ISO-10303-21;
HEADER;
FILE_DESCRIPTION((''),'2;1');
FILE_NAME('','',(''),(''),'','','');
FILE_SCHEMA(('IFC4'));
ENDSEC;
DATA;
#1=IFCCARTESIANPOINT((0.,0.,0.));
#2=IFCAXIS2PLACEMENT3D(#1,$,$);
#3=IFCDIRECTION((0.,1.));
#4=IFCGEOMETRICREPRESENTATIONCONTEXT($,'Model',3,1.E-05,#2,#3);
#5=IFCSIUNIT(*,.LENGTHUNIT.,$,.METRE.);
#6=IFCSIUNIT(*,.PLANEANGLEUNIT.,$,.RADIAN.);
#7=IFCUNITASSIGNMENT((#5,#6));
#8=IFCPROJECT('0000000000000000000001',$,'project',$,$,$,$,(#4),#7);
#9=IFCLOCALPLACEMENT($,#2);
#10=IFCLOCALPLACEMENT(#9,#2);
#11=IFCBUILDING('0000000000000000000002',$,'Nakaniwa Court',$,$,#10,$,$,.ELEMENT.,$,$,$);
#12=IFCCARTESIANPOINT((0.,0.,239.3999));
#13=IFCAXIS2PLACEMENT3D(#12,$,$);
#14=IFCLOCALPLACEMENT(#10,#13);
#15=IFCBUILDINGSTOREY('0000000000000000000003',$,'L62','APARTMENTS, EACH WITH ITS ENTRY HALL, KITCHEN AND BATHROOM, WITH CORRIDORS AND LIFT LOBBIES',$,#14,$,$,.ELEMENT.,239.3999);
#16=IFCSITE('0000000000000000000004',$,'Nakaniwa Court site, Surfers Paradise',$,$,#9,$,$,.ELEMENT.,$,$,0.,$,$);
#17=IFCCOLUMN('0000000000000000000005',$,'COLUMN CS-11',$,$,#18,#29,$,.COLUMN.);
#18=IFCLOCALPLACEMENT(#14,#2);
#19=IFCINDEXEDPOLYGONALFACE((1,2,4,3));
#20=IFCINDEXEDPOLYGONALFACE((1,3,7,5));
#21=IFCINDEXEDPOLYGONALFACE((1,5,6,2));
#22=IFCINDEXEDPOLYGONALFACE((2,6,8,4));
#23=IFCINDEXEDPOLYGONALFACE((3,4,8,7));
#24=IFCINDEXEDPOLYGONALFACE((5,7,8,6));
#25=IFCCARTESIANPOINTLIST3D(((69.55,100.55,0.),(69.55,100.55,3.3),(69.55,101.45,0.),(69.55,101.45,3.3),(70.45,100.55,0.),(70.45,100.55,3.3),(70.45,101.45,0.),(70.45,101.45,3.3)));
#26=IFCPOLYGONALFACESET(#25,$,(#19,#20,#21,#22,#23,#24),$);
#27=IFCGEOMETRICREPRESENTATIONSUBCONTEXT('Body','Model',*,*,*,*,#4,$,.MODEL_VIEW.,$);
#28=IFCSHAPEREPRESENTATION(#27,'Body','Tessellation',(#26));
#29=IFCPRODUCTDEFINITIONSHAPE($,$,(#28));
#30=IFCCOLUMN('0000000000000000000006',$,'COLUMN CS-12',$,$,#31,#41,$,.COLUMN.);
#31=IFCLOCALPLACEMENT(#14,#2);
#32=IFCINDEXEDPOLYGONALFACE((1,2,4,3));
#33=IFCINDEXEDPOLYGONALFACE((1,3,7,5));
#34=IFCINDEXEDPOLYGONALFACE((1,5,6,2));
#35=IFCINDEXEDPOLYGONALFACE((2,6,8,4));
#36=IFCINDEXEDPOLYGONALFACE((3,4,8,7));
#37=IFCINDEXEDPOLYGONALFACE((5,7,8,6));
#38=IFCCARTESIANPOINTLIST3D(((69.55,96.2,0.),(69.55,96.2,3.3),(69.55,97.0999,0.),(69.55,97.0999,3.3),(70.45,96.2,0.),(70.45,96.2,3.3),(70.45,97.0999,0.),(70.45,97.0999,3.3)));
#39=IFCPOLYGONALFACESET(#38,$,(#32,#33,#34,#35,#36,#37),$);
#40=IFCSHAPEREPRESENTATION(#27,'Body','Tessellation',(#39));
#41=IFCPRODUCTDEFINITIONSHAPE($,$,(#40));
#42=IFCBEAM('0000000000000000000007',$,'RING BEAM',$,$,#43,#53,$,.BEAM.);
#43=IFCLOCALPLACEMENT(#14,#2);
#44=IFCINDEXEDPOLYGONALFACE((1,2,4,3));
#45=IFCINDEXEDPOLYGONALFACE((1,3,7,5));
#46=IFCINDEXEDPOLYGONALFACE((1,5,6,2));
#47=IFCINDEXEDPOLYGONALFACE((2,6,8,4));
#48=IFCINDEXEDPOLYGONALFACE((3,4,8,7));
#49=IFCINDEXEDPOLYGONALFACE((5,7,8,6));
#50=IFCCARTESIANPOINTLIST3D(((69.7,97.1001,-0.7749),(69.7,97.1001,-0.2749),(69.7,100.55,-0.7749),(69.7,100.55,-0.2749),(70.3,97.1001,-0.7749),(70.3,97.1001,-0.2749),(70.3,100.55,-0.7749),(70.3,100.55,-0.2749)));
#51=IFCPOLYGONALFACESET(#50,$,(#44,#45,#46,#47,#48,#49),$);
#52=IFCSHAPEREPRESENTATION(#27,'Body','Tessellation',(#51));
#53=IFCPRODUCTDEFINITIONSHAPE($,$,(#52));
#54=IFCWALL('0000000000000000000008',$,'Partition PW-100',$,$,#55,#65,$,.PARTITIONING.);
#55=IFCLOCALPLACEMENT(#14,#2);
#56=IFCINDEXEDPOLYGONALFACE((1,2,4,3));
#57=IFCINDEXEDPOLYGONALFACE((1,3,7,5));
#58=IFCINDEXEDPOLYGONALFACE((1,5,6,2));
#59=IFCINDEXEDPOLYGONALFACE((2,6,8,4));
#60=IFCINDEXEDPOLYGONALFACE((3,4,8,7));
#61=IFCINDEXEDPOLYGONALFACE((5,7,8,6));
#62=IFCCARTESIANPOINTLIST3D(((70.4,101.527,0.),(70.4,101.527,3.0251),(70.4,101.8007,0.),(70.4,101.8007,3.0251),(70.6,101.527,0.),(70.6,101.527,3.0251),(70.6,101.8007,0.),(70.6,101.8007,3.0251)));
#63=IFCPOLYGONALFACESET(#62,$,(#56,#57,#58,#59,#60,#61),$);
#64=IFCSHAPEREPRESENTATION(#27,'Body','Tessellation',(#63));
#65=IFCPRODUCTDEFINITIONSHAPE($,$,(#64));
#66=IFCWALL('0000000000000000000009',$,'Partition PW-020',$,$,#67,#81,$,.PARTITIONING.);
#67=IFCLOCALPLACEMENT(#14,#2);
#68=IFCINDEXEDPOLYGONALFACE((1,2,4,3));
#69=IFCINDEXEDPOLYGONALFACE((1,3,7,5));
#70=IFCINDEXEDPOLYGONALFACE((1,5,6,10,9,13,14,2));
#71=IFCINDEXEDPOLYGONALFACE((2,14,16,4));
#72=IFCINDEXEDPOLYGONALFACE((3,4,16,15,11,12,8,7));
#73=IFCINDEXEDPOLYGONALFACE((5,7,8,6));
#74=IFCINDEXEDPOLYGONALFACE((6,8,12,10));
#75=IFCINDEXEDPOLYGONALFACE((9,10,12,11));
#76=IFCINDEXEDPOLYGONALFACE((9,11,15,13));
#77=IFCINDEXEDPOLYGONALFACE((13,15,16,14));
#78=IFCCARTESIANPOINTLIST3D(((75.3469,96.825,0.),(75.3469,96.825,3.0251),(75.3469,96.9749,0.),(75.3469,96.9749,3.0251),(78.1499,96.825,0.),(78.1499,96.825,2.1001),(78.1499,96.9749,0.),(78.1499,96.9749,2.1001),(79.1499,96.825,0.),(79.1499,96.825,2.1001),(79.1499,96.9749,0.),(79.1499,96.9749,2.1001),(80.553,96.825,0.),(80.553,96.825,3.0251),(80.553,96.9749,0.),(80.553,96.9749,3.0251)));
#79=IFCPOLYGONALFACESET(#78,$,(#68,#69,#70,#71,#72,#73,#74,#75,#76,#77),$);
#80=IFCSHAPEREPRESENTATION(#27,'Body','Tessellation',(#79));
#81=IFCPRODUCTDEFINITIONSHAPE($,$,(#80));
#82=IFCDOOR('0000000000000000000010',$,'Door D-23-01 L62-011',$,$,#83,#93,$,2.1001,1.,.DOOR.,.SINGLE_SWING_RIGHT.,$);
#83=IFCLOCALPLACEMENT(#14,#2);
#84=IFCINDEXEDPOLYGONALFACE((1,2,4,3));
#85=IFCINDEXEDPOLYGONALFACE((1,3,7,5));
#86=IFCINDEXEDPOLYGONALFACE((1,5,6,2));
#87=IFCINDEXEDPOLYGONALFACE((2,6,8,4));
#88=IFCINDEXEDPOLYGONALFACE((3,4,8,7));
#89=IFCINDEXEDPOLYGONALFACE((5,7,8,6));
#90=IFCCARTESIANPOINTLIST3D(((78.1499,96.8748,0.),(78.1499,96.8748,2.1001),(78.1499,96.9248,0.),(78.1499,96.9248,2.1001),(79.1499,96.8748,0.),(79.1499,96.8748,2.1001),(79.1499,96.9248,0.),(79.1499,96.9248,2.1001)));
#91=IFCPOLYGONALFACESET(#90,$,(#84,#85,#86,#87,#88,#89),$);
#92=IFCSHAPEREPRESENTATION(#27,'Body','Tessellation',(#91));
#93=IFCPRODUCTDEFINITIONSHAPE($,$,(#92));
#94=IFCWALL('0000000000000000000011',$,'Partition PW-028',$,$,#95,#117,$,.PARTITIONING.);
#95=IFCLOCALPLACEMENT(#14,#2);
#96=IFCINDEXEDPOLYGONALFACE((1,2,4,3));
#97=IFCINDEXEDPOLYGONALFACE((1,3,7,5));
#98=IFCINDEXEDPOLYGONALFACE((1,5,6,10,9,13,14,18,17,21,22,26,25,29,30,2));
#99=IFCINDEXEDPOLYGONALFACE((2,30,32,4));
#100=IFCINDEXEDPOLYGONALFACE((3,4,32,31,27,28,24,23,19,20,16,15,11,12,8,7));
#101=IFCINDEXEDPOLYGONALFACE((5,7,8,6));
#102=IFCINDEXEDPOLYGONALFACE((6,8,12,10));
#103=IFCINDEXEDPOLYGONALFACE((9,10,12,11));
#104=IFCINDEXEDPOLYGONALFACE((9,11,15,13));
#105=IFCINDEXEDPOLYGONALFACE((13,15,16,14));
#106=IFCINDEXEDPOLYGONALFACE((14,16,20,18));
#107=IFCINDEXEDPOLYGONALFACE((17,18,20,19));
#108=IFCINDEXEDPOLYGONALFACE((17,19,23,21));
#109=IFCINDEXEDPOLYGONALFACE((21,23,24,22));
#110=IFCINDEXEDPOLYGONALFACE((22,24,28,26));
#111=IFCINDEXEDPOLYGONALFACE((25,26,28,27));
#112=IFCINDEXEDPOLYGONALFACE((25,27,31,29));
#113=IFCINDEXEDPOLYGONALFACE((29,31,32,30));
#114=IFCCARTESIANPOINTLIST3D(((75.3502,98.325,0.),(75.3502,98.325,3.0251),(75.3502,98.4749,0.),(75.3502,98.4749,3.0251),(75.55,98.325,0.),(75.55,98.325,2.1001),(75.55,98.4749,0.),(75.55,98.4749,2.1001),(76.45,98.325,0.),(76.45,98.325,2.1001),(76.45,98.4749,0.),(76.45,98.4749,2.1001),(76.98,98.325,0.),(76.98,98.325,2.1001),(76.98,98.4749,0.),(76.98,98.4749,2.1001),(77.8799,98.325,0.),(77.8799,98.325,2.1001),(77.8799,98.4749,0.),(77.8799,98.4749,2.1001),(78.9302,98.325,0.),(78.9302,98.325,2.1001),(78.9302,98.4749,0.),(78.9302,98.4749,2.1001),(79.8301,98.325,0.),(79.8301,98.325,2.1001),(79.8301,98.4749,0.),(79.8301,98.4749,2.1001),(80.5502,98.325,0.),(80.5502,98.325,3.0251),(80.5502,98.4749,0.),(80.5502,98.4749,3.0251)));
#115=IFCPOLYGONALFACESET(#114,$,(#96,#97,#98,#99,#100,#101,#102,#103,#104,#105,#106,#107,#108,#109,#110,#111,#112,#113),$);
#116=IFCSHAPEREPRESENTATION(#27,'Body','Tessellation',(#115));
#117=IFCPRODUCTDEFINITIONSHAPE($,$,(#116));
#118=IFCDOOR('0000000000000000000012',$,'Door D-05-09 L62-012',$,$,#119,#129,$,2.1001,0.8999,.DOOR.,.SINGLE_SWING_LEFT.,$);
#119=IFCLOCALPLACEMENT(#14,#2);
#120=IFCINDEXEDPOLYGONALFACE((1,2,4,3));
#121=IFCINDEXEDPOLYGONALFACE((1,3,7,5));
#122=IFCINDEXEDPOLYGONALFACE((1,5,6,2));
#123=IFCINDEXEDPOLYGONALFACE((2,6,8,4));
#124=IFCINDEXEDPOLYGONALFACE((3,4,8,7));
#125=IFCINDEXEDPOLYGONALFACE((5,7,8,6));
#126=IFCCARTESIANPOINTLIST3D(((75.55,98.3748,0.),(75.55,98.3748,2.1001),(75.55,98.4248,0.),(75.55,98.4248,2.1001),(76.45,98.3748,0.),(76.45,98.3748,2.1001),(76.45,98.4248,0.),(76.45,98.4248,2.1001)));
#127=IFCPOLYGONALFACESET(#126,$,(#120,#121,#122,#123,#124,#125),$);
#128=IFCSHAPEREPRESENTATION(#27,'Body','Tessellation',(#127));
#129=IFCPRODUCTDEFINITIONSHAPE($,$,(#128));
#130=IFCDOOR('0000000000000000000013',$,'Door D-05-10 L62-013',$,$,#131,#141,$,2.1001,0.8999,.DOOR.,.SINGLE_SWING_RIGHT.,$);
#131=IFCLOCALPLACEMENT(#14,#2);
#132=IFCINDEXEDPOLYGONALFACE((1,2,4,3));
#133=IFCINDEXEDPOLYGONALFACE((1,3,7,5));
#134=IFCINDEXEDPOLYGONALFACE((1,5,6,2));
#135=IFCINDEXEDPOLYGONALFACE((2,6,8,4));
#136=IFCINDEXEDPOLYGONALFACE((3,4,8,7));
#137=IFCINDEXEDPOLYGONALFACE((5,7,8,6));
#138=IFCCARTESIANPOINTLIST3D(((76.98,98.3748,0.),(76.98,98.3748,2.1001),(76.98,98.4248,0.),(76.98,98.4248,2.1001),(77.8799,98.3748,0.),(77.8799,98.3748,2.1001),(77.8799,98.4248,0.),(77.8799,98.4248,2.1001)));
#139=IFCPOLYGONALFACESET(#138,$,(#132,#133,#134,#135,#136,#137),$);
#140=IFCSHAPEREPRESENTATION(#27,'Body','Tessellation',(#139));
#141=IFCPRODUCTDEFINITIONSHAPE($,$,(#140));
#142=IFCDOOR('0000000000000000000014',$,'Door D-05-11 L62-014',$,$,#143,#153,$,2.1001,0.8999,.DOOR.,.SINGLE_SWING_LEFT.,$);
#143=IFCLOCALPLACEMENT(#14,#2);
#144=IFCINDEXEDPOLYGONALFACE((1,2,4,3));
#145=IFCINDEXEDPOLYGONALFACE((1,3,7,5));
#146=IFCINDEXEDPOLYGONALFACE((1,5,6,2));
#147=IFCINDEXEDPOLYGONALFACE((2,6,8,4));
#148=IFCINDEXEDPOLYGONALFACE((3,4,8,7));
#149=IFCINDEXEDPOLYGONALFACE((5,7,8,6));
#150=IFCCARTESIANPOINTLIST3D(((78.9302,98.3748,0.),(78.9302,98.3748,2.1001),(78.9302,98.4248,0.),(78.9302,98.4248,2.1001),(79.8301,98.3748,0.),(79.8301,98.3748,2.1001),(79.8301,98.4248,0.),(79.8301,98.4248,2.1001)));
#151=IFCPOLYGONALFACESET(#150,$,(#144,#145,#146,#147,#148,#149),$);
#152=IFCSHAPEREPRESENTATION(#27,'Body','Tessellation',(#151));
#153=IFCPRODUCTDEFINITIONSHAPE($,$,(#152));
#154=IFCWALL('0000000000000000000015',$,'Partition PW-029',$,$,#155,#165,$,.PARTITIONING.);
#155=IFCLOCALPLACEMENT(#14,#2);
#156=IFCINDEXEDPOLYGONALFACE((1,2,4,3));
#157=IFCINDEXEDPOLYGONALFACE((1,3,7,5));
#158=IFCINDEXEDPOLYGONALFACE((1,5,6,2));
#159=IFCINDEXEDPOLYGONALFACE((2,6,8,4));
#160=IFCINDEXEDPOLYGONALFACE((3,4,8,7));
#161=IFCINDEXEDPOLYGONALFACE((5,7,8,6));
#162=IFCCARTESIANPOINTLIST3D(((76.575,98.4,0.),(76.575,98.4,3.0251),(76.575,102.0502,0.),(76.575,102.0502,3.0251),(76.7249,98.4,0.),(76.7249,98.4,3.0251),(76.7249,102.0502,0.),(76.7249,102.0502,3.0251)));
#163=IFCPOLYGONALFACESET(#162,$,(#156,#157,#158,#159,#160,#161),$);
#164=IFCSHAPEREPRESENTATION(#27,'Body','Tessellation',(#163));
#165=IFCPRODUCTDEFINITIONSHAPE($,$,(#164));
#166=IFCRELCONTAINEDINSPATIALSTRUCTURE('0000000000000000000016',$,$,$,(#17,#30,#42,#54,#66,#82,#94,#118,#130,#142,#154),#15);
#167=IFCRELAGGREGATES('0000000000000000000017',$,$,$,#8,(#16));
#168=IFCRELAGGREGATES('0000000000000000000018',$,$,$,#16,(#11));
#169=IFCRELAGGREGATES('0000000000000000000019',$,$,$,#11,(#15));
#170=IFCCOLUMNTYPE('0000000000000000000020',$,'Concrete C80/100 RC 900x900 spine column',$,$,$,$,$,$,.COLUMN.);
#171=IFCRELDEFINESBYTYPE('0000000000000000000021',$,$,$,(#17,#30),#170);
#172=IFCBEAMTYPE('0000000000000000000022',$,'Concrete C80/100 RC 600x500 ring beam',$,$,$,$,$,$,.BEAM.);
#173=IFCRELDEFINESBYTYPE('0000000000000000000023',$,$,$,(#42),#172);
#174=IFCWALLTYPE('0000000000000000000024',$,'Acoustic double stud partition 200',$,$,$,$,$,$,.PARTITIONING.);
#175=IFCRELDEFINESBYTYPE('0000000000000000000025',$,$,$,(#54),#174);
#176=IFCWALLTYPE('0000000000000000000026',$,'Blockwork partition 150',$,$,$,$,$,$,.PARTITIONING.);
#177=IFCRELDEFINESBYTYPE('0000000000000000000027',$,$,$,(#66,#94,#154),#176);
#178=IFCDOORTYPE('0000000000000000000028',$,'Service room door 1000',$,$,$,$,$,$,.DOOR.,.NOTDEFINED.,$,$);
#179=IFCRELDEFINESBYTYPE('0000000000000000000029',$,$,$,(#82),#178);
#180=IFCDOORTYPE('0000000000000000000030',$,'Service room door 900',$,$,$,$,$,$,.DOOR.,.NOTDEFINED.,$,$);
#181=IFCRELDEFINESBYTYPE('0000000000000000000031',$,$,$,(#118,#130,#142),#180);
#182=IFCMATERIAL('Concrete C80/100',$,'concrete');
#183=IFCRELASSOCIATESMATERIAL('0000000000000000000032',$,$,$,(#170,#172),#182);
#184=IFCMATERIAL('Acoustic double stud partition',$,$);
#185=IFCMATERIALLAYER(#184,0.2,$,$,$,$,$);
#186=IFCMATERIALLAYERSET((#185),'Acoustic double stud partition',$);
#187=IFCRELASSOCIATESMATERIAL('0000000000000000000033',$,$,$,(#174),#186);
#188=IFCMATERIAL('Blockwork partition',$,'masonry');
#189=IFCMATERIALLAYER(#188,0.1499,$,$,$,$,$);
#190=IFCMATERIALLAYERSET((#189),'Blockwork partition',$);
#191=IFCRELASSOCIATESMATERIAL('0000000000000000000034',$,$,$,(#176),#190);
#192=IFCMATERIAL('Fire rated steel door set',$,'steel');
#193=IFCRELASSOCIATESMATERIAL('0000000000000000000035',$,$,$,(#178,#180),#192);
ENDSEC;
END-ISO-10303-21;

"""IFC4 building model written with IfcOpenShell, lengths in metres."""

from ifc_helpers import new_model, si_unit, direction, frame, frame_2d, origin, origin_2d, place, context, subcontext, project, spatial, rectangle, extrude, material, layer, layer_set, material_profile, profile_set, type_object, element, fill, save


model = new_model("IFC4")

# Units and contexts
model_context = context("Model", 3, precision=1e-05, world=origin(), true_north=direction((0.0, 1.0)))
body_context = subcontext(model_context, "Body", "Model", "MODEL_VIEW")
ifc_project = project(units=[si_unit("LENGTHUNIT", "METRE"), si_unit("PLANEANGLEUNIT", "RADIAN")], contexts=[model_context])

# Site, building, storey
site_placement = place(None, origin())
site = spatial("IfcSite", under=ifc_project, at=site_placement, Name="Nakaniwa Court site, Surfers Paradise", CompositionType="ELEMENT", RefElevation=0.0)
building_placement = place(site_placement, origin())
building = spatial("IfcBuilding", under=site, at=building_placement, Name="Nakaniwa Court", CompositionType="ELEMENT")
storey_placement = place(building_placement, frame((0.0, 0.0, 239.3999)))
storey = spatial("IfcBuildingStorey", under=building, at=storey_placement, Name="L62", Description="APARTMENTS, EACH WITH ITS ENTRY HALL, KITCHEN AND BATHROOM, WITH CORRIDORS AND LIFT LOBBIES", CompositionType="ELEMENT", Elevation=239.3999)

# Columns
ifc_material_1 = material(Name="Concrete C80/100", Category="concrete")
ifc_material_profile_1 = material_profile(ifc_material_1, rectangle(XDim=0.8999, YDim=0.8999, at=origin_2d()), Name="Concrete C80/100 RC 900x900 spine column")
ifc_profile_set_1 = profile_set([ifc_material_profile_1], Name="Concrete C80/100")
column_type = type_object("IfcColumnType", Name="Concrete C80/100 RC 900x900 spine column", PredefinedType="COLUMN", material=ifc_profile_set_1)
for number, where, z_axis, x_axis, name in (
    (1, (70.0, 101.0, 0.0), (0.0, 0.0, 1.0), (0.0, -1.0, 0.0), "COLUMN CS-11"),
    (2, (70.0, 96.6499, 0.0), (0.0, 0.0, 1.0), (0.0, -1.0, 0.0), "COLUMN CS-12"),
):
    element("IfcColumn", number, at=place(storey_placement, frame(where, z_axis=z_axis, x_axis=x_axis)), inside=storey, type_object=column_type, Name=name, PredefinedType="COLUMN", context=body_context, shape_type="SweptSolid", body=[
        extrude(rectangle(XDim=0.8999, YDim=0.8999, at=origin_2d()), origin(), (0.0, 0.0, 1.0), 3.3),
    ])

# Beam
ifc_material_profile_2 = material_profile(ifc_material_1, rectangle(XDim=0.6001, YDim=0.5, at=origin_2d()), Name="Concrete C80/100 RC 600x500 ring beam")
ifc_profile_set_2 = profile_set([ifc_material_profile_2], Name="Concrete C80/100")
beam_type = type_object("IfcBeamType", Name="Concrete C80/100 RC 600x500 ring beam", PredefinedType="BEAM", material=ifc_profile_set_2)
beam_placement = place(storey_placement, frame((70.0, 100.55, -0.5249), z_axis=(0.0, -1.0, 0.0), x_axis=(1.0, 0.0, 0.0)))
element("IfcBeam", 3, at=beam_placement, inside=storey, type_object=beam_type, Name="RING BEAM", PredefinedType="BEAM", context=body_context, shape_type="SweptSolid", body=[
    extrude(rectangle(XDim=0.6001, YDim=0.5, at=origin_2d()), origin(), (0.0, 0.0, 1.0), 3.45),
])

# Wall
ifc_material_2 = material(Name="Acoustic double stud partition")
ifc_layer_1 = layer(ifc_material_2, 0.2)
ifc_layer_set_1 = layer_set([ifc_layer_1], Name="Acoustic double stud partition")
wall_type_1 = type_object("IfcWallType", Name="Acoustic double stud partition 200", PredefinedType="PARTITIONING", material=ifc_layer_set_1)
wall_1_placement = place(storey_placement, frame((70.5, 101.5271, 0.0), z_axis=(0.0, 0.0, 1.0), x_axis=(0.0, 1.0, 0.0)))
element("IfcWall", 4, at=wall_1_placement, inside=storey, type_object=wall_type_1, Name="Partition PW-100", PredefinedType="PARTITIONING", context=body_context, shape_type="SweptSolid", body=[
    extrude(rectangle(XDim=0.2737, YDim=0.2, at=frame_2d((0.1367, 0.0))), origin(), (0.0, 0.0, 1.0), 3.0251),
])

# Wall, opening, door
ifc_material_3 = material(Name="Blockwork partition", Category="masonry")
ifc_layer_2 = layer(ifc_material_3, 0.1499)
ifc_layer_set_2 = layer_set([ifc_layer_2], Name="Blockwork partition")
wall_type_2 = type_object("IfcWallType", Name="Blockwork partition 150", PredefinedType="PARTITIONING", material=ifc_layer_set_2)
wall_2_placement = place(storey_placement, frame((75.3469, 96.8999, 0.0), z_axis=(0.0, 0.0, 1.0), x_axis=(1.0, 0.0, 0.0)))
wall_2 = element("IfcWall", 5, at=wall_2_placement, inside=storey, type_object=wall_type_2, Name="Partition PW-020", PredefinedType="PARTITIONING", context=body_context, shape_type="SweptSolid", body=[
    extrude(rectangle(XDim=5.2061, YDim=0.1499, at=frame_2d((2.603, 0.0))), origin(), (0.0, 0.0, 1.0), 3.0251),
])
opening_1_placement = place(wall_2_placement, frame((2.803, 0.0, 0.0)))
opening_1 = element("IfcOpeningElement", 6, at=opening_1_placement, cuts=wall_2, PredefinedType="OPENING", context=body_context, shape_type="SweptSolid", body=[
    extrude(rectangle(XDim=1.0, YDim=2.1001, at=frame_2d((0.5, 1.05))), frame((0.0, 0.085, 0.0), z_axis=(0.0, -1.0, 0.0), x_axis=(1.0, 0.0, 0.0)), (0.0, 0.0, 1.0), 0.1699),
])
ifc_material_4 = material(Name="Fire rated steel door set", Category="steel")
door_type_1 = type_object("IfcDoorType", Name="Service room door 1000", OperationType="NOTDEFINED", PredefinedType="DOOR", material=ifc_material_4)
door_1_placement = place(opening_1_placement, origin())
door_1 = element("IfcDoor", 7, at=door_1_placement, inside=storey, type_object=door_type_1, Name="Door D-23-01 L62-011", OperationType="SINGLE_SWING_RIGHT", OverallHeight=2.1001, OverallWidth=1.0, PredefinedType="DOOR", context=body_context, shape_type="SweptSolid", body=[
    extrude(rectangle(XDim=1.0, YDim=2.1001, at=frame_2d((0.5, 1.05))), frame((0.0, 0.0249, 0.0), z_axis=(0.0, -1.0, 0.0), x_axis=(1.0, 0.0, 0.0)), (0.0, 0.0, 1.0), 0.05),
])
fill(opening_1, door_1)

# Wall, openings, doors
wall_3_placement = place(storey_placement, frame((75.3501, 98.3999, 0.0), z_axis=(0.0, 0.0, 1.0), x_axis=(1.0, 0.0, 0.0)))
wall_3 = element("IfcWall", 8, at=wall_3_placement, inside=storey, type_object=wall_type_2, Name="Partition PW-028", PredefinedType="PARTITIONING", context=body_context, shape_type="SweptSolid", body=[
    extrude(rectangle(XDim=5.2, YDim=0.1499, at=frame_2d((2.6001, 0.0))), origin(), (0.0, 0.0, 1.0), 3.0251),
])
opening_2_placement = place(wall_3_placement, frame((0.2, 0.0, 0.0)))
opening_2 = element("IfcOpeningElement", 9, at=opening_2_placement, cuts=wall_3, PredefinedType="OPENING", context=body_context, shape_type="SweptSolid", body=[
    extrude(rectangle(XDim=0.8999, YDim=2.1001, at=frame_2d((0.45, 1.05))), frame((0.0, 0.085, 0.0), z_axis=(0.0, -1.0, 0.0), x_axis=(1.0, 0.0, 0.0)), (0.0, 0.0, 1.0), 0.1699),
])
opening_3_placement = place(wall_3_placement, frame((1.6299, 0.0, 0.0)))
opening_3 = element("IfcOpeningElement", 10, at=opening_3_placement, cuts=wall_3, PredefinedType="OPENING", context=body_context, shape_type="SweptSolid", body=[
    extrude(rectangle(XDim=0.8999, YDim=2.1001, at=frame_2d((0.45, 1.05))), frame((0.0, 0.085, 0.0), z_axis=(0.0, -1.0, 0.0), x_axis=(1.0, 0.0, 0.0)), (0.0, 0.0, 1.0), 0.1699),
])
opening_4_placement = place(wall_3_placement, frame((3.5801, 0.0, 0.0)))
opening_4 = element("IfcOpeningElement", 11, at=opening_4_placement, cuts=wall_3, PredefinedType="OPENING", context=body_context, shape_type="SweptSolid", body=[
    extrude(rectangle(XDim=0.8999, YDim=2.1001, at=frame_2d((0.45, 1.05))), frame((0.0, 0.085, 0.0), z_axis=(0.0, -1.0, 0.0), x_axis=(1.0, 0.0, 0.0)), (0.0, 0.0, 1.0), 0.1699),
])
door_type_2 = type_object("IfcDoorType", Name="Service room door 900", OperationType="NOTDEFINED", PredefinedType="DOOR", material=ifc_material_4)
door_2_placement = place(opening_2_placement, origin())
door_2 = element("IfcDoor", 12, at=door_2_placement, inside=storey, type_object=door_type_2, Name="Door D-05-09 L62-012", OperationType="SINGLE_SWING_LEFT", OverallHeight=2.1001, OverallWidth=0.8999, PredefinedType="DOOR", context=body_context, shape_type="SweptSolid", body=[
    extrude(rectangle(XDim=0.8999, YDim=2.1001, at=frame_2d((0.45, 1.05))), frame((0.0, 0.0249, 0.0), z_axis=(0.0, -1.0, 0.0), x_axis=(1.0, 0.0, 0.0)), (0.0, 0.0, 1.0), 0.05),
])
fill(opening_2, door_2)
door_3_placement = place(opening_3_placement, origin())
door_3 = element("IfcDoor", 13, at=door_3_placement, inside=storey, type_object=door_type_2, Name="Door D-05-10 L62-013", OperationType="SINGLE_SWING_RIGHT", OverallHeight=2.1001, OverallWidth=0.8999, PredefinedType="DOOR", context=body_context, shape_type="SweptSolid", body=[
    extrude(rectangle(XDim=0.8999, YDim=2.1001, at=frame_2d((0.45, 1.05))), frame((0.0, 0.0249, 0.0), z_axis=(0.0, -1.0, 0.0), x_axis=(1.0, 0.0, 0.0)), (0.0, 0.0, 1.0), 0.05),
])
fill(opening_3, door_3)
door_4_placement = place(opening_4_placement, origin())
door_4 = element("IfcDoor", 14, at=door_4_placement, inside=storey, type_object=door_type_2, Name="Door D-05-11 L62-014", OperationType="SINGLE_SWING_LEFT", OverallHeight=2.1001, OverallWidth=0.8999, PredefinedType="DOOR", context=body_context, shape_type="SweptSolid", body=[
    extrude(rectangle(XDim=0.8999, YDim=2.1001, at=frame_2d((0.45, 1.05))), frame((0.0, 0.0249, 0.0), z_axis=(0.0, -1.0, 0.0), x_axis=(1.0, 0.0, 0.0)), (0.0, 0.0, 1.0), 0.05),
])
fill(opening_4, door_4)

# Wall
wall_4_placement = place(storey_placement, frame((76.6499, 98.3999, 0.0), z_axis=(0.0, 0.0, 1.0), x_axis=(0.0, 1.0, 0.0)))
element("IfcWall", 15, at=wall_4_placement, inside=storey, type_object=wall_type_2, Name="Partition PW-029", PredefinedType="PARTITIONING", context=body_context, shape_type="SweptSolid", body=[
    extrude(rectangle(XDim=3.6501, YDim=0.1499, at=frame_2d((1.8252, 0.0))), origin(), (0.0, 0.0, 1.0), 3.0251),
])

save(model, "model.ifc")
